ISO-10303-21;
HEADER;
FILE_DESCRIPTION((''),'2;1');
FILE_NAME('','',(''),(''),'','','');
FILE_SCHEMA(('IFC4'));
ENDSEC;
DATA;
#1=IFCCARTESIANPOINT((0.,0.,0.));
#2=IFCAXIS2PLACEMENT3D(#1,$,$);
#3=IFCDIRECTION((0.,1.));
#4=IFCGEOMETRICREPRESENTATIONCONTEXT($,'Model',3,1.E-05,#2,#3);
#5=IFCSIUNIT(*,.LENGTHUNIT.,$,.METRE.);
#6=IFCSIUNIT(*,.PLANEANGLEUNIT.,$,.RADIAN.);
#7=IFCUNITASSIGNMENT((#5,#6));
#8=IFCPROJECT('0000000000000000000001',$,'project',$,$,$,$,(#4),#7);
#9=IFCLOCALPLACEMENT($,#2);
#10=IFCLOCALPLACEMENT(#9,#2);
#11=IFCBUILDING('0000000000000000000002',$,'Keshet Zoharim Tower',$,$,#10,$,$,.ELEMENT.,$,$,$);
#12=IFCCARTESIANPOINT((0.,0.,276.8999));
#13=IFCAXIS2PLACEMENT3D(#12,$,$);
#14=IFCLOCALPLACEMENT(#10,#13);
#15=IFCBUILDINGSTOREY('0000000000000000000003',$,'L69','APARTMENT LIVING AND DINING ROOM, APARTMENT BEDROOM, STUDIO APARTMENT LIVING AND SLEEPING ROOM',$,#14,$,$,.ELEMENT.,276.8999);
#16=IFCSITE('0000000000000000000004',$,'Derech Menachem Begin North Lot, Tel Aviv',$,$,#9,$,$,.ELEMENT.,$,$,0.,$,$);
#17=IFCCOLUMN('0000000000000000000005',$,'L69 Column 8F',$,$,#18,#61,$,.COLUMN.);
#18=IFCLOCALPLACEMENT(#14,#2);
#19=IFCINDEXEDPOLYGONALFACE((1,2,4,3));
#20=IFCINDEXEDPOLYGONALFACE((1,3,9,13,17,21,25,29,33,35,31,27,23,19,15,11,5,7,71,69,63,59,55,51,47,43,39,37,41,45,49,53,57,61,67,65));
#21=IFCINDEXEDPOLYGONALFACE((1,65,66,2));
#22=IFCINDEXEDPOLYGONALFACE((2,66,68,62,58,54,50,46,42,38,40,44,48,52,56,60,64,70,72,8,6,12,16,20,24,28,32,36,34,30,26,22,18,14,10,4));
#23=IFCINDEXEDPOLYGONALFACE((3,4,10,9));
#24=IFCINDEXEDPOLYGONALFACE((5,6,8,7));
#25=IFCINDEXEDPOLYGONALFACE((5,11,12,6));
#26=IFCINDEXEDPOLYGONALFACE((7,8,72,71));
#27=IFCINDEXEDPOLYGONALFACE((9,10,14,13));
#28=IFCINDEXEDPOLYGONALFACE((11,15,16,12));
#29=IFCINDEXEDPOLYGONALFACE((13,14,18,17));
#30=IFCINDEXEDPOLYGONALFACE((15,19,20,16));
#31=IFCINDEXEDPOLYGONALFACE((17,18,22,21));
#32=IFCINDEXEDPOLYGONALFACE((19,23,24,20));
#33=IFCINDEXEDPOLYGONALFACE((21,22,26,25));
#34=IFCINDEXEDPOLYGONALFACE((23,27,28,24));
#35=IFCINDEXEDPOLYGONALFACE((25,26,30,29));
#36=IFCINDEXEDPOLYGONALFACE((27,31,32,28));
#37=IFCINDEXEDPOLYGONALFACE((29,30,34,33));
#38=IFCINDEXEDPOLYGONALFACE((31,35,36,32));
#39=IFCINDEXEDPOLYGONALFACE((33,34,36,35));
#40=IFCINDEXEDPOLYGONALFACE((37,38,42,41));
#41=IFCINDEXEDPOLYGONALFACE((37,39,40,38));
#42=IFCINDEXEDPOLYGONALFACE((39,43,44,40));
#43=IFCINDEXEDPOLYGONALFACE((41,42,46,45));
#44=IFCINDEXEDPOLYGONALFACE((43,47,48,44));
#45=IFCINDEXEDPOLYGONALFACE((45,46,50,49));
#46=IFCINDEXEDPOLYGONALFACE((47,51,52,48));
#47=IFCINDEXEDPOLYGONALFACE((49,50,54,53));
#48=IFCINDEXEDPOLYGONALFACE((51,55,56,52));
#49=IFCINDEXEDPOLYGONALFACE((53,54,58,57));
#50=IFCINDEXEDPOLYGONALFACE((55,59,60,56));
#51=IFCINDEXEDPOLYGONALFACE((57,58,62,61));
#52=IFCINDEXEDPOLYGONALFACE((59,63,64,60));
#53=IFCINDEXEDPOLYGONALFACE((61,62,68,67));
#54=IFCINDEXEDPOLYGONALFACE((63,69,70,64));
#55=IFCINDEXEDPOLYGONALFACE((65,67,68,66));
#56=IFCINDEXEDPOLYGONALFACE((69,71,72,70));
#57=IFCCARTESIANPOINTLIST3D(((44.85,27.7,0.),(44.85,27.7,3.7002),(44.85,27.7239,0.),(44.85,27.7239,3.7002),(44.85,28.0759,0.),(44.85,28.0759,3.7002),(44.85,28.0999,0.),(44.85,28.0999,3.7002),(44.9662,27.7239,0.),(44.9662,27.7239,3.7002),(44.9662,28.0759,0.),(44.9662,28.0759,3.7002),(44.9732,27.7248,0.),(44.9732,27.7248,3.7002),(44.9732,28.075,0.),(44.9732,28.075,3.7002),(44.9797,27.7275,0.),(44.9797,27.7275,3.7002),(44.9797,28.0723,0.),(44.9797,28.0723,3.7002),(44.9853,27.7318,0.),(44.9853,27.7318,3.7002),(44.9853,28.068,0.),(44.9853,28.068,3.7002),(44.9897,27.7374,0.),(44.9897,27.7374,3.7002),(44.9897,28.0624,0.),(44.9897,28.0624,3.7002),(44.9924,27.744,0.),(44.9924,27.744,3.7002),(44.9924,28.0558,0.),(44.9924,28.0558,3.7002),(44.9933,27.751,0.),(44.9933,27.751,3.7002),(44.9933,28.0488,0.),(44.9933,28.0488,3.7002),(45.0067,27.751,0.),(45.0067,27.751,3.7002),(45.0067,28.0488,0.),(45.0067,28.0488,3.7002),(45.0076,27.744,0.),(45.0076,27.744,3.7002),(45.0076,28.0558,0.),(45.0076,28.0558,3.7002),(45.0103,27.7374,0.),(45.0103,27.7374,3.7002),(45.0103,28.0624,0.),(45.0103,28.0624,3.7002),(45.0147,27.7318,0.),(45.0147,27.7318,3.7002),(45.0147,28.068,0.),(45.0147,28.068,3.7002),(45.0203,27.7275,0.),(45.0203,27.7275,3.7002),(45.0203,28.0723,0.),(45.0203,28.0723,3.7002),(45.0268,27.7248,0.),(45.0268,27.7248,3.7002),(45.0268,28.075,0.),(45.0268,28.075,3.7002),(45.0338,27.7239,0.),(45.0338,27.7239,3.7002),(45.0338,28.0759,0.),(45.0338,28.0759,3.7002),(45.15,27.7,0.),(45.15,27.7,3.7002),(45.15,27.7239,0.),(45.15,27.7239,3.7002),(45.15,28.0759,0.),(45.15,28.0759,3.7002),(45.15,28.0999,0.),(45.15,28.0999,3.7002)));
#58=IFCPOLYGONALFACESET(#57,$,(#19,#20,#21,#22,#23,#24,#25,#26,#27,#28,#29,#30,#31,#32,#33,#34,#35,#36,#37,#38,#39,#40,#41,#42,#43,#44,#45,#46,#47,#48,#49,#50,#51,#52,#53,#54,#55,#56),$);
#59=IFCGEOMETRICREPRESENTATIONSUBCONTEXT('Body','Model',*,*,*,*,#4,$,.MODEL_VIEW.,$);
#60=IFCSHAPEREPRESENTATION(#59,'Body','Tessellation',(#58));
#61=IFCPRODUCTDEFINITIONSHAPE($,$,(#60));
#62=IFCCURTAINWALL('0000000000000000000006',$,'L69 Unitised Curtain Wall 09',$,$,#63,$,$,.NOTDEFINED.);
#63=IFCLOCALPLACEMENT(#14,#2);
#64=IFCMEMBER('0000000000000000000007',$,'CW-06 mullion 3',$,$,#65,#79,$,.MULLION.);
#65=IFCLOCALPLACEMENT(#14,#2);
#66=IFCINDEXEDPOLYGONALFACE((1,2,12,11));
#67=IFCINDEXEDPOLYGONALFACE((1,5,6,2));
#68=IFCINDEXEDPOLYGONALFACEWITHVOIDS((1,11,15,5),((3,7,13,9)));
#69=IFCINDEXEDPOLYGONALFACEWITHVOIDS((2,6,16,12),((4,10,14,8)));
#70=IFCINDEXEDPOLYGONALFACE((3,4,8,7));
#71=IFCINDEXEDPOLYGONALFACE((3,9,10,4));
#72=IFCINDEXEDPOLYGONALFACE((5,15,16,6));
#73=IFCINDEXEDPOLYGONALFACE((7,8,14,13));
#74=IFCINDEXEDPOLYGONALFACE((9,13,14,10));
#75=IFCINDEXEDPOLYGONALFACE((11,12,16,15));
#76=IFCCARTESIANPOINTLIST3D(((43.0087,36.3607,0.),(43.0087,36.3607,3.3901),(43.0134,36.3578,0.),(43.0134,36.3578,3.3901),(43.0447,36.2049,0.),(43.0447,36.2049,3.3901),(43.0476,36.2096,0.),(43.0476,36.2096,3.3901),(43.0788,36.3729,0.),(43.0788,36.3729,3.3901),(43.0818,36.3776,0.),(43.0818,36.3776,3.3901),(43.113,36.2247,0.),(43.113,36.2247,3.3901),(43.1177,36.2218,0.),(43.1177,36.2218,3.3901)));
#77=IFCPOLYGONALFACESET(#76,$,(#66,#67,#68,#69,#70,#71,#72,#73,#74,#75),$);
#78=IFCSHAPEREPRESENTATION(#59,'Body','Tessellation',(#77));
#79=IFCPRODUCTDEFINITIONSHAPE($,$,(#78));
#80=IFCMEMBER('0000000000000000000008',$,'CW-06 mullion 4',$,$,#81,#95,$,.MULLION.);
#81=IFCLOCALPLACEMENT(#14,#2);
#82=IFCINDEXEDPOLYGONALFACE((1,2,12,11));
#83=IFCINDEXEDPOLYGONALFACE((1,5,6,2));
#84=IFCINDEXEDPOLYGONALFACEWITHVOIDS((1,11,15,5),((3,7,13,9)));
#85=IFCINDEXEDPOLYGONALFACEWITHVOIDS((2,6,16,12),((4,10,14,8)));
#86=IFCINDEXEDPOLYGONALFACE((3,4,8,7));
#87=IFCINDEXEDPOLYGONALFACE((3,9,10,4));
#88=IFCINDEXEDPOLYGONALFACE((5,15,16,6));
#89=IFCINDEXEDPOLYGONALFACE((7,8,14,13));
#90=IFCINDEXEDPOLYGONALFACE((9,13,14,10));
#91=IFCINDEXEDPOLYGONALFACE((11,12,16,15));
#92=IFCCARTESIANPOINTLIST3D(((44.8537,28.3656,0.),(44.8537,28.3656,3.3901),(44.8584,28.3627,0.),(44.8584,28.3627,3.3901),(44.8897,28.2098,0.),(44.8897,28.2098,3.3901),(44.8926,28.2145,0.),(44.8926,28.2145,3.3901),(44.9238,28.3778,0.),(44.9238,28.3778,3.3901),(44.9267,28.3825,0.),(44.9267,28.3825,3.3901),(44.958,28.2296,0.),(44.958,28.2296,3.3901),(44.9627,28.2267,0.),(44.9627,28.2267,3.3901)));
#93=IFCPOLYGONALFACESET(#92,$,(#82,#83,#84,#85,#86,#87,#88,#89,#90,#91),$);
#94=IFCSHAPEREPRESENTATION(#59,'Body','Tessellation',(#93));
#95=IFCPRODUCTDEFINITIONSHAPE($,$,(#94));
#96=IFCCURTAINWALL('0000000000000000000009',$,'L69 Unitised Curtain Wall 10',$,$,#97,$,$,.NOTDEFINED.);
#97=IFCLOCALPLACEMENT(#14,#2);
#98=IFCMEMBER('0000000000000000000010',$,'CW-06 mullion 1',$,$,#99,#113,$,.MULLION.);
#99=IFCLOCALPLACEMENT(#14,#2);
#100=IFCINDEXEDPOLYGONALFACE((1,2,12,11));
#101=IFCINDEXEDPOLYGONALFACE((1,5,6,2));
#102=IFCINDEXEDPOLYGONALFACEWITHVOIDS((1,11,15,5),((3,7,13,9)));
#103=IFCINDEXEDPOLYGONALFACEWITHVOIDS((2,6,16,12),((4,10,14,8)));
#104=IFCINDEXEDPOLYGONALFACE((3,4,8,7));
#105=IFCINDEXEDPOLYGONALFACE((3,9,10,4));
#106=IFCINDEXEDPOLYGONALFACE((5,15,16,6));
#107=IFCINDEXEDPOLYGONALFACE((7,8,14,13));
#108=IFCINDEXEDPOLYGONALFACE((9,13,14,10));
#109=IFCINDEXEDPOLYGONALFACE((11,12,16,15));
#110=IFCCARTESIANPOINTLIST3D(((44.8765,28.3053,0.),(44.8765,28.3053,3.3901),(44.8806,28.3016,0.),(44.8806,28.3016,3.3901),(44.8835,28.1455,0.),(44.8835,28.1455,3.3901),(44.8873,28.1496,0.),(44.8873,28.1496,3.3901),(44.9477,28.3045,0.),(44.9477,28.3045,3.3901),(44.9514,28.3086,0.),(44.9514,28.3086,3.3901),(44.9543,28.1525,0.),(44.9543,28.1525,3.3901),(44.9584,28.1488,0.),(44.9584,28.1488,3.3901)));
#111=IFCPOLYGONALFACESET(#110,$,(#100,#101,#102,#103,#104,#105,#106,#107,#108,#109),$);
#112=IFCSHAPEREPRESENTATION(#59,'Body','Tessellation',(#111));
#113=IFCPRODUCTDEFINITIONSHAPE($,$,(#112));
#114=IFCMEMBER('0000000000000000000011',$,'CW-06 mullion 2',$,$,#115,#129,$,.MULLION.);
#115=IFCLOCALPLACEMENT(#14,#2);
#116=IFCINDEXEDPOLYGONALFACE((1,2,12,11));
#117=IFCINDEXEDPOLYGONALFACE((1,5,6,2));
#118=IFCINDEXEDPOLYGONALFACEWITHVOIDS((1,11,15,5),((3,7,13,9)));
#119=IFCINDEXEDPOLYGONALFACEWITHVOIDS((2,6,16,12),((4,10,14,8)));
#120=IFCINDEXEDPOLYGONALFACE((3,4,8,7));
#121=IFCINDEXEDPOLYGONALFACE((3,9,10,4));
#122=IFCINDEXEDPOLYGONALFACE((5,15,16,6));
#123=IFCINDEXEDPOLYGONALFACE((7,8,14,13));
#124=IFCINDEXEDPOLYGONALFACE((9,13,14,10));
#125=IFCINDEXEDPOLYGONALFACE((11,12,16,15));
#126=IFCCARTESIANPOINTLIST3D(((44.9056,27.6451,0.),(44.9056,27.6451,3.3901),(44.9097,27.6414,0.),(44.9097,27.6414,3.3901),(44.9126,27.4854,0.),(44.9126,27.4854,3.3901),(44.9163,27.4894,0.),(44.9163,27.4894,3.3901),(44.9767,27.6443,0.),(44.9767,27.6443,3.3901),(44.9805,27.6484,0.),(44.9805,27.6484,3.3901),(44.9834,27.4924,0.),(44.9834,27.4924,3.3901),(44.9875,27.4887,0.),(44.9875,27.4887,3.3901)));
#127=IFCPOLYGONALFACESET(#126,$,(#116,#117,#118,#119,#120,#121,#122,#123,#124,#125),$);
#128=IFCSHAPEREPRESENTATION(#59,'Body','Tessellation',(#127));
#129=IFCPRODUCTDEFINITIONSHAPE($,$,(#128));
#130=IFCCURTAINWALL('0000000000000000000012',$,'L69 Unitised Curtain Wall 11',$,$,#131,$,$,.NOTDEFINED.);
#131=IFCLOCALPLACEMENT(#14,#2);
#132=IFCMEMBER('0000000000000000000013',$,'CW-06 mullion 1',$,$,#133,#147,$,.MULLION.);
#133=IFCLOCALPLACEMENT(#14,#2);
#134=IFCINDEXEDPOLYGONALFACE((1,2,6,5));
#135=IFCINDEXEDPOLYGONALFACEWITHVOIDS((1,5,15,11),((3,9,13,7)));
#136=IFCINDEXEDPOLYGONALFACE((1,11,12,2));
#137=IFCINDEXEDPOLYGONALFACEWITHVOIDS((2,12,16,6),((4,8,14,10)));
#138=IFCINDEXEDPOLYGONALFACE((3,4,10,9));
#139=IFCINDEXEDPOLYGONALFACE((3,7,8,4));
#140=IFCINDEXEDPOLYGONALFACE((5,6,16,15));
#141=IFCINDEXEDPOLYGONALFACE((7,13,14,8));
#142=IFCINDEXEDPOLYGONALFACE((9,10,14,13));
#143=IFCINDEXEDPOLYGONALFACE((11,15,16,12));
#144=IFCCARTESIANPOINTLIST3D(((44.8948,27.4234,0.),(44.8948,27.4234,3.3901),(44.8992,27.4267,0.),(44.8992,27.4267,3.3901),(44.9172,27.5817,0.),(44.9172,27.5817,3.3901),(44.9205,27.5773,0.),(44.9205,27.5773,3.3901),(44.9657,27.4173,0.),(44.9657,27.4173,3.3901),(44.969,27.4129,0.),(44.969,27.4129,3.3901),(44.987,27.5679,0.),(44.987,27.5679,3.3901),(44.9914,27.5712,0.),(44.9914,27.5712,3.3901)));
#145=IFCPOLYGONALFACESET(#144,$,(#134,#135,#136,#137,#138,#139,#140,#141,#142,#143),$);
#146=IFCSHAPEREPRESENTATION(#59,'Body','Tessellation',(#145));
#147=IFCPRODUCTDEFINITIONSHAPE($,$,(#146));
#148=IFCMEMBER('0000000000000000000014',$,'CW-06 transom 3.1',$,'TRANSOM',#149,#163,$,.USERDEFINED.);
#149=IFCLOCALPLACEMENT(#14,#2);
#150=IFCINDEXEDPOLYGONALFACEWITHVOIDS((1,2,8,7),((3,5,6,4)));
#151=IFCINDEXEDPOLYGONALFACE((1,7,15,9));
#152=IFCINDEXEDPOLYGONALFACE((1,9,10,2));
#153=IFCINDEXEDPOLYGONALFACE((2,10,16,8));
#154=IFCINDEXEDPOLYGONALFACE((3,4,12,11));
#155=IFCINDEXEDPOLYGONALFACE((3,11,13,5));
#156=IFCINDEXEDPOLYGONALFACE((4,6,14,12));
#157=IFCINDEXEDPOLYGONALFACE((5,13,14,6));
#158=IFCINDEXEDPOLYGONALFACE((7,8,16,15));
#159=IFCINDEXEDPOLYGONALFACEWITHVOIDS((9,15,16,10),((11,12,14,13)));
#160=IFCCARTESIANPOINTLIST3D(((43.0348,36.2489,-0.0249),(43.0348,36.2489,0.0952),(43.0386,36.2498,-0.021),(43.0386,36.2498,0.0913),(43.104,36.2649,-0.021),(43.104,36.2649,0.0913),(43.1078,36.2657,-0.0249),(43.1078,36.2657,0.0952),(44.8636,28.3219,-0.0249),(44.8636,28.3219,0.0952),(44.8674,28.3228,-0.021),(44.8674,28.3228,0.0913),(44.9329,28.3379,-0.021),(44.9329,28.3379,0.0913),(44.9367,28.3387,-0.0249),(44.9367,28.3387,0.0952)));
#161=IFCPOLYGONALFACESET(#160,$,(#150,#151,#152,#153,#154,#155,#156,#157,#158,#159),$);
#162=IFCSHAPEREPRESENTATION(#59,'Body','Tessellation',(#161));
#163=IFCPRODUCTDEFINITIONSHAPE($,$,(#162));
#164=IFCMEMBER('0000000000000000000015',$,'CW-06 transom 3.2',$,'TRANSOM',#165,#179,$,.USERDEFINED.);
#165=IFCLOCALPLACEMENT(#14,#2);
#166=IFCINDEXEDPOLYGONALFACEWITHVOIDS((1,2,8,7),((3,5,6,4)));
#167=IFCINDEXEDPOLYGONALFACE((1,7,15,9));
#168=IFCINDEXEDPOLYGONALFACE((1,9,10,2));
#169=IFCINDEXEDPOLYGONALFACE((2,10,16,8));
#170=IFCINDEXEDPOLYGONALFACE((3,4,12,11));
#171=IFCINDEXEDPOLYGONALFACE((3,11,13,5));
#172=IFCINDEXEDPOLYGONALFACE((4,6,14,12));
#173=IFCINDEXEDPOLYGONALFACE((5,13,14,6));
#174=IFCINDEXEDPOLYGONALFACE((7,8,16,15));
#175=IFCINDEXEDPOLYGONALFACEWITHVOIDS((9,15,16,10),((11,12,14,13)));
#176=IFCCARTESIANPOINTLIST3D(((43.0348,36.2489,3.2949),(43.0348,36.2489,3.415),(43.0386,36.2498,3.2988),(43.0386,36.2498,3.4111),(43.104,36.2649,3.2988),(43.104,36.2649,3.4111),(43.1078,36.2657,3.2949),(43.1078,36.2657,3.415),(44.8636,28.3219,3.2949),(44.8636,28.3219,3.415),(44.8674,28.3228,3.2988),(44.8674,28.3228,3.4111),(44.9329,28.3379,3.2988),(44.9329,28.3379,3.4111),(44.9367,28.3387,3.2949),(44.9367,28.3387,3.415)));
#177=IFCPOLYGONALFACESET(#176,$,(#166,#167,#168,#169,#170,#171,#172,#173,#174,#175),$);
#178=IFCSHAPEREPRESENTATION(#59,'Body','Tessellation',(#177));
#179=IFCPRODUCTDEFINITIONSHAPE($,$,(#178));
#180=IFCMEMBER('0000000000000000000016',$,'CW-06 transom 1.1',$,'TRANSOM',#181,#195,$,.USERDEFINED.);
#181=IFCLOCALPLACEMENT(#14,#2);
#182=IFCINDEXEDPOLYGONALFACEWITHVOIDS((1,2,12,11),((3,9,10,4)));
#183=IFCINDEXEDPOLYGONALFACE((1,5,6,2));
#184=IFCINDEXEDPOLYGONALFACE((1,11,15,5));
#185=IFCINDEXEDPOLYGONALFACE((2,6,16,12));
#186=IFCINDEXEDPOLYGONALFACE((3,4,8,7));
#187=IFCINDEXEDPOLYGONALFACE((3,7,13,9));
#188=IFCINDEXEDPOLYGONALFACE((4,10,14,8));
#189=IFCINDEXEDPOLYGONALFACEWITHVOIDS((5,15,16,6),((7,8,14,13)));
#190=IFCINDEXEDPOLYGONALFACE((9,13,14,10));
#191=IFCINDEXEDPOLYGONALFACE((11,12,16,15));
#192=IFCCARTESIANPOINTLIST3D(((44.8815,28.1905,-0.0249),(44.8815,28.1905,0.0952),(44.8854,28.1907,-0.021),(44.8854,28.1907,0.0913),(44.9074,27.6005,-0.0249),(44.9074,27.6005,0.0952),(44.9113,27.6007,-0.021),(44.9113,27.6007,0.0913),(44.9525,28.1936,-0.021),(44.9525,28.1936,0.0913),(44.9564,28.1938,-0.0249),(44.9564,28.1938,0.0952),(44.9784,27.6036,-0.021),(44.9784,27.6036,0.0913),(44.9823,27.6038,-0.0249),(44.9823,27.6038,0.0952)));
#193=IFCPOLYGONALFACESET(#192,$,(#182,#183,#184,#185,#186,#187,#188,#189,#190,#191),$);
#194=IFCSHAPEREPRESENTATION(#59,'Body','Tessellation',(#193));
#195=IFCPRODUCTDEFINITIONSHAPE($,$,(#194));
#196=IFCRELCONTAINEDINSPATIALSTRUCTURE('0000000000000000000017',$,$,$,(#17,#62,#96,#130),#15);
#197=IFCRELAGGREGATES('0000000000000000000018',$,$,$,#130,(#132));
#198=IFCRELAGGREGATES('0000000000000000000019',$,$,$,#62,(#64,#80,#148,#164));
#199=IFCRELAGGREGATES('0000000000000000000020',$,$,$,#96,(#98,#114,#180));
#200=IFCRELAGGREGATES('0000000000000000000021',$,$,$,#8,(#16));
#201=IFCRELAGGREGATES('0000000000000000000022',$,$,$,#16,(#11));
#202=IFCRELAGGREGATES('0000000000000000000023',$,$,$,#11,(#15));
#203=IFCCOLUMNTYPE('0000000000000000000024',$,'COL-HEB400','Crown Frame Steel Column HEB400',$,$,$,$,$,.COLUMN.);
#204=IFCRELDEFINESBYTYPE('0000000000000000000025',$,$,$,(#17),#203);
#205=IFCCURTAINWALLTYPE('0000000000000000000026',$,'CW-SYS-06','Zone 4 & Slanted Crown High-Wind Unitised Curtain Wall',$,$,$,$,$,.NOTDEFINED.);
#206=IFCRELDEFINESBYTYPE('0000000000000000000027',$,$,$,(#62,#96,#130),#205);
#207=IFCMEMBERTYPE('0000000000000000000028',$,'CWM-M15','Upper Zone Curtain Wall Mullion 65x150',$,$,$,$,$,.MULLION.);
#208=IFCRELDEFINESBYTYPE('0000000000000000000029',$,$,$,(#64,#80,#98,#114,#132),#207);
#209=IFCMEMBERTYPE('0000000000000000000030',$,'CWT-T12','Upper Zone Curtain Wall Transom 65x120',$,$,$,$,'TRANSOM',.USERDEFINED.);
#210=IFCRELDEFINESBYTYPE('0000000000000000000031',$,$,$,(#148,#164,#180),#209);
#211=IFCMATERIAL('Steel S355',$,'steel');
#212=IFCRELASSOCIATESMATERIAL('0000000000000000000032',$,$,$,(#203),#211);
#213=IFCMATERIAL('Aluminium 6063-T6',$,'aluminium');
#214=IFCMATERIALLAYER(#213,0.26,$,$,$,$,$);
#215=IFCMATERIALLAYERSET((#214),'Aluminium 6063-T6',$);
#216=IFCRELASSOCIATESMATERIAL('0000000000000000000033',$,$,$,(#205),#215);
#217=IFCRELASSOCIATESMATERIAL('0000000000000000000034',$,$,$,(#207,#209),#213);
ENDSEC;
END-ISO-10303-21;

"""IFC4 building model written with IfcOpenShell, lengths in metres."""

from ifc_helpers import new_model, si_unit, direction, frame, origin, origin_2d, place, context, subcontext, project, spatial, hollow_rectangle, i_section, extrude, material, layer, layer_set, material_profile, profile_set, type_object, element, aggregate, save


model = new_model("IFC4")

# Units and contexts
model_context = context("Model", 3, precision=1e-05, world=origin(), true_north=direction((0.0, 1.0)))
body_context = subcontext(model_context, "Body", "Model", "MODEL_VIEW")
ifc_project = project(units=[si_unit("LENGTHUNIT", "METRE"), si_unit("PLANEANGLEUNIT", "RADIAN")], contexts=[model_context])

# Site, building, storey
site_placement = place(None, origin())
site = spatial("IfcSite", under=ifc_project, at=site_placement, Name="Derech Menachem Begin North Lot, Tel Aviv", CompositionType="ELEMENT", RefElevation=0.0)
building_placement = place(site_placement, origin())
building = spatial("IfcBuilding", under=site, at=building_placement, Name="Keshet Zoharim Tower", CompositionType="ELEMENT")
storey_placement = place(building_placement, frame((0.0, 0.0, 276.8999)))
storey = spatial("IfcBuildingStorey", under=building, at=storey_placement, Name="L69", Description="APARTMENT LIVING AND DINING ROOM, APARTMENT BEDROOM, STUDIO APARTMENT LIVING AND SLEEPING ROOM", CompositionType="ELEMENT", Elevation=276.8999)

# Column
ifc_material_1 = material(Name="Steel S355", Category="steel")
ifc_material_profile_1 = material_profile(ifc_material_1, i_section(OverallWidth=0.3, OverallDepth=0.3999, WebThickness=0.0134, FlangeThickness=0.0239, FilletRadius=0.0271, at=origin_2d()), Name="HEB400")
ifc_profile_set_1 = profile_set([ifc_material_profile_1], Name="Steel S355")
column_type = type_object("IfcColumnType", Name="COL-HEB400", Description="Crown Frame Steel Column HEB400", PredefinedType="COLUMN", material=ifc_profile_set_1)
column_placement = place(storey_placement, frame((45.0, 27.8999, 0.0), z_axis=(0.0, 0.0, 1.0), x_axis=(1.0, 0.0, 0.0)))
element("IfcColumn", 1, at=column_placement, inside=storey, type_object=column_type, Name="L69 Column 8F", PredefinedType="COLUMN", context=body_context, shape_type="SweptSolid", body=[
    extrude(i_section(OverallWidth=0.3, OverallDepth=0.3999, WebThickness=0.0134, FlangeThickness=0.0239, FilletRadius=0.0271, at=origin_2d()), origin(), (0.0, 0.0, 1.0), 3.7002),
])

# Curtain walls, members
ifc_material_2 = material(Name="Aluminium 6063-T6", Category="aluminium")
ifc_layer_1 = layer(ifc_material_2, 0.26)
ifc_layer_set_1 = layer_set([ifc_layer_1], Name="Aluminium 6063-T6")
curtain_wall_type = type_object("IfcCurtainWallType", Name="CW-SYS-06", Description="Zone 4 & Slanted Crown High-Wind Unitised Curtain Wall", PredefinedType="NOTDEFINED", material=ifc_layer_set_1)
curtain_wall_1_placement = place(storey_placement, origin())
curtain_wall_1 = element("IfcCurtainWall", 2, at=curtain_wall_1_placement, inside=storey, type_object=curtain_wall_type, Name="L69 Unitised Curtain Wall 09", PredefinedType="NOTDEFINED")
ifc_material_profile_2 = material_profile(ifc_material_2, hollow_rectangle(XDim=0.075, YDim=0.1599, WallThickness=0.0039, at=origin_2d()), Name="MUL-75x160")
ifc_profile_set_2 = profile_set([ifc_material_profile_2], Name="Aluminium 6063-T6")
member_type_1 = type_object("IfcMemberType", Name="CWM-M15", Description="Upper Zone Curtain Wall Mullion 65x150", PredefinedType="MULLION", material=ifc_profile_set_2)
member_1_placement = place(storey_placement, frame((43.0632, 36.2913, 0.0), z_axis=(0.0, 0.0, 1.0), x_axis=(0.974398, 0.22483, 0.0)))
member_1 = element("IfcMember", 3, at=member_1_placement, type_object=member_type_1, Name="CW-06 mullion 3", PredefinedType="MULLION", context=body_context, shape_type="SweptSolid", body=[
    extrude(hollow_rectangle(XDim=0.075, YDim=0.1599, WallThickness=0.0039, at=origin_2d()), origin(), (0.0, 0.0, 1.0), 3.3901),
])
member_2_placement = place(storey_placement, frame((44.9082, 28.2961, 0.0), z_axis=(0.0, 0.0, 1.0), x_axis=(0.974398, 0.22483, 0.0)))
member_2 = element("IfcMember", 4, at=member_2_placement, type_object=member_type_1, Name="CW-06 mullion 4", PredefinedType="MULLION", context=body_context, shape_type="SweptSolid", body=[
    extrude(hollow_rectangle(XDim=0.075, YDim=0.1599, WallThickness=0.0039, at=origin_2d()), origin(), (0.0, 0.0, 1.0), 3.3901),
])
curtain_wall_2_placement = place(storey_placement, origin())
curtain_wall_2 = element("IfcCurtainWall", 5, at=curtain_wall_2_placement, inside=storey, type_object=curtain_wall_type, Name="L69 Unitised Curtain Wall 10", PredefinedType="NOTDEFINED")
member_3_placement = place(storey_placement, frame((44.9175, 28.2271, 0.0), z_axis=(0.0, 0.0, 1.0), x_axis=(0.999041, 0.043794, 0.0)))
member_3 = element("IfcMember", 6, at=member_3_placement, type_object=member_type_1, Name="CW-06 mullion 1", PredefinedType="MULLION", context=body_context, shape_type="SweptSolid", body=[
    extrude(hollow_rectangle(XDim=0.075, YDim=0.1599, WallThickness=0.0039, at=origin_2d()), origin(), (0.0, 0.0, 1.0), 3.3901),
])
member_4_placement = place(storey_placement, frame((44.9465, 27.5669, 0.0), z_axis=(0.0, 0.0, 1.0), x_axis=(0.999041, 0.043794, 0.0)))
member_4 = element("IfcMember", 7, at=member_4_placement, type_object=member_type_1, Name="CW-06 mullion 2", PredefinedType="MULLION", context=body_context, shape_type="SweptSolid", body=[
    extrude(hollow_rectangle(XDim=0.075, YDim=0.1599, WallThickness=0.0039, at=origin_2d()), origin(), (0.0, 0.0, 1.0), 3.3901),
])

# Curtain wall, member
curtain_wall_3_placement = place(storey_placement, origin())
curtain_wall_3 = element("IfcCurtainWall", 8, at=curtain_wall_3_placement, inside=storey, type_object=curtain_wall_type, Name="L69 Unitised Curtain Wall 11", PredefinedType="NOTDEFINED")
member_5_placement = place(storey_placement, frame((44.9431, 27.4973, 0.0), z_axis=(0.0, 0.0, 1.0), x_axis=(0.990132, -0.140137, 0.0)))
member_5 = element("IfcMember", 9, at=member_5_placement, type_object=member_type_1, Name="CW-06 mullion 1", PredefinedType="MULLION", context=body_context, shape_type="SweptSolid", body=[
    extrude(hollow_rectangle(XDim=0.075, YDim=0.1599, WallThickness=0.0039, at=origin_2d()), origin(), (0.0, 0.0, 1.0), 3.3901),
])
aggregate(curtain_wall_3, [member_5])

# Members
ifc_material_profile_3 = material_profile(ifc_material_2, hollow_rectangle(XDim=0.075, YDim=0.1201, WallThickness=0.0039, at=origin_2d()), Name="TRN-75x120")
ifc_profile_set_3 = profile_set([ifc_material_profile_3], Name="Aluminium 6063-T6")
member_type_2 = type_object("IfcMemberType", Name="CWT-T12", Description="Upper Zone Curtain Wall Transom 65x120", ElementType="TRANSOM", PredefinedType="USERDEFINED", material=ifc_profile_set_3)
member_6_placement = place(storey_placement, frame((43.0713, 36.2573, 0.0352), z_axis=(0.224807, -0.974403, 0.0), x_axis=(0.974403, 0.224807, 0.0)))
member_6 = element("IfcMember", 10, at=member_6_placement, type_object=member_type_2, Name="CW-06 transom 3.1", ObjectType="TRANSOM", PredefinedType="USERDEFINED", context=body_context, shape_type="SweptSolid", body=[
    extrude(hollow_rectangle(XDim=0.075, YDim=0.1201, WallThickness=0.0039, at=origin_2d()), origin(), (0.0, 0.0, 1.0), 8.1353),
])
member_7_placement = place(storey_placement, frame((43.0713, 36.2573, 3.355), z_axis=(0.224807, -0.974403, 0.0), x_axis=(0.974403, 0.224807, 0.0)))
member_7 = element("IfcMember", 11, at=member_7_placement, type_object=member_type_2, Name="CW-06 transom 3.2", ObjectType="TRANSOM", PredefinedType="USERDEFINED", context=body_context, shape_type="SweptSolid", body=[
    extrude(hollow_rectangle(XDim=0.075, YDim=0.1201, WallThickness=0.0039, at=origin_2d()), origin(), (0.0, 0.0, 1.0), 8.1353),
])
member_8_placement = place(storey_placement, frame((44.9189, 28.1921, 0.0352), z_axis=(0.043814, -0.99904, 0.0), x_axis=(0.99904, 0.043814, 0.0)))
member_8 = element("IfcMember", 12, at=member_8_placement, type_object=member_type_2, Name="CW-06 transom 1.1", ObjectType="TRANSOM", PredefinedType="USERDEFINED", context=body_context, shape_type="SweptSolid", body=[
    extrude(hollow_rectangle(XDim=0.075, YDim=0.1201, WallThickness=0.0039, at=origin_2d()), origin(), (0.0, 0.0, 1.0), 0.5906),
])

aggregate(curtain_wall_1, [member_1, member_2, member_6, member_7])
aggregate(curtain_wall_2, [member_3, member_4, member_8])

save(model, "model.ifc")
